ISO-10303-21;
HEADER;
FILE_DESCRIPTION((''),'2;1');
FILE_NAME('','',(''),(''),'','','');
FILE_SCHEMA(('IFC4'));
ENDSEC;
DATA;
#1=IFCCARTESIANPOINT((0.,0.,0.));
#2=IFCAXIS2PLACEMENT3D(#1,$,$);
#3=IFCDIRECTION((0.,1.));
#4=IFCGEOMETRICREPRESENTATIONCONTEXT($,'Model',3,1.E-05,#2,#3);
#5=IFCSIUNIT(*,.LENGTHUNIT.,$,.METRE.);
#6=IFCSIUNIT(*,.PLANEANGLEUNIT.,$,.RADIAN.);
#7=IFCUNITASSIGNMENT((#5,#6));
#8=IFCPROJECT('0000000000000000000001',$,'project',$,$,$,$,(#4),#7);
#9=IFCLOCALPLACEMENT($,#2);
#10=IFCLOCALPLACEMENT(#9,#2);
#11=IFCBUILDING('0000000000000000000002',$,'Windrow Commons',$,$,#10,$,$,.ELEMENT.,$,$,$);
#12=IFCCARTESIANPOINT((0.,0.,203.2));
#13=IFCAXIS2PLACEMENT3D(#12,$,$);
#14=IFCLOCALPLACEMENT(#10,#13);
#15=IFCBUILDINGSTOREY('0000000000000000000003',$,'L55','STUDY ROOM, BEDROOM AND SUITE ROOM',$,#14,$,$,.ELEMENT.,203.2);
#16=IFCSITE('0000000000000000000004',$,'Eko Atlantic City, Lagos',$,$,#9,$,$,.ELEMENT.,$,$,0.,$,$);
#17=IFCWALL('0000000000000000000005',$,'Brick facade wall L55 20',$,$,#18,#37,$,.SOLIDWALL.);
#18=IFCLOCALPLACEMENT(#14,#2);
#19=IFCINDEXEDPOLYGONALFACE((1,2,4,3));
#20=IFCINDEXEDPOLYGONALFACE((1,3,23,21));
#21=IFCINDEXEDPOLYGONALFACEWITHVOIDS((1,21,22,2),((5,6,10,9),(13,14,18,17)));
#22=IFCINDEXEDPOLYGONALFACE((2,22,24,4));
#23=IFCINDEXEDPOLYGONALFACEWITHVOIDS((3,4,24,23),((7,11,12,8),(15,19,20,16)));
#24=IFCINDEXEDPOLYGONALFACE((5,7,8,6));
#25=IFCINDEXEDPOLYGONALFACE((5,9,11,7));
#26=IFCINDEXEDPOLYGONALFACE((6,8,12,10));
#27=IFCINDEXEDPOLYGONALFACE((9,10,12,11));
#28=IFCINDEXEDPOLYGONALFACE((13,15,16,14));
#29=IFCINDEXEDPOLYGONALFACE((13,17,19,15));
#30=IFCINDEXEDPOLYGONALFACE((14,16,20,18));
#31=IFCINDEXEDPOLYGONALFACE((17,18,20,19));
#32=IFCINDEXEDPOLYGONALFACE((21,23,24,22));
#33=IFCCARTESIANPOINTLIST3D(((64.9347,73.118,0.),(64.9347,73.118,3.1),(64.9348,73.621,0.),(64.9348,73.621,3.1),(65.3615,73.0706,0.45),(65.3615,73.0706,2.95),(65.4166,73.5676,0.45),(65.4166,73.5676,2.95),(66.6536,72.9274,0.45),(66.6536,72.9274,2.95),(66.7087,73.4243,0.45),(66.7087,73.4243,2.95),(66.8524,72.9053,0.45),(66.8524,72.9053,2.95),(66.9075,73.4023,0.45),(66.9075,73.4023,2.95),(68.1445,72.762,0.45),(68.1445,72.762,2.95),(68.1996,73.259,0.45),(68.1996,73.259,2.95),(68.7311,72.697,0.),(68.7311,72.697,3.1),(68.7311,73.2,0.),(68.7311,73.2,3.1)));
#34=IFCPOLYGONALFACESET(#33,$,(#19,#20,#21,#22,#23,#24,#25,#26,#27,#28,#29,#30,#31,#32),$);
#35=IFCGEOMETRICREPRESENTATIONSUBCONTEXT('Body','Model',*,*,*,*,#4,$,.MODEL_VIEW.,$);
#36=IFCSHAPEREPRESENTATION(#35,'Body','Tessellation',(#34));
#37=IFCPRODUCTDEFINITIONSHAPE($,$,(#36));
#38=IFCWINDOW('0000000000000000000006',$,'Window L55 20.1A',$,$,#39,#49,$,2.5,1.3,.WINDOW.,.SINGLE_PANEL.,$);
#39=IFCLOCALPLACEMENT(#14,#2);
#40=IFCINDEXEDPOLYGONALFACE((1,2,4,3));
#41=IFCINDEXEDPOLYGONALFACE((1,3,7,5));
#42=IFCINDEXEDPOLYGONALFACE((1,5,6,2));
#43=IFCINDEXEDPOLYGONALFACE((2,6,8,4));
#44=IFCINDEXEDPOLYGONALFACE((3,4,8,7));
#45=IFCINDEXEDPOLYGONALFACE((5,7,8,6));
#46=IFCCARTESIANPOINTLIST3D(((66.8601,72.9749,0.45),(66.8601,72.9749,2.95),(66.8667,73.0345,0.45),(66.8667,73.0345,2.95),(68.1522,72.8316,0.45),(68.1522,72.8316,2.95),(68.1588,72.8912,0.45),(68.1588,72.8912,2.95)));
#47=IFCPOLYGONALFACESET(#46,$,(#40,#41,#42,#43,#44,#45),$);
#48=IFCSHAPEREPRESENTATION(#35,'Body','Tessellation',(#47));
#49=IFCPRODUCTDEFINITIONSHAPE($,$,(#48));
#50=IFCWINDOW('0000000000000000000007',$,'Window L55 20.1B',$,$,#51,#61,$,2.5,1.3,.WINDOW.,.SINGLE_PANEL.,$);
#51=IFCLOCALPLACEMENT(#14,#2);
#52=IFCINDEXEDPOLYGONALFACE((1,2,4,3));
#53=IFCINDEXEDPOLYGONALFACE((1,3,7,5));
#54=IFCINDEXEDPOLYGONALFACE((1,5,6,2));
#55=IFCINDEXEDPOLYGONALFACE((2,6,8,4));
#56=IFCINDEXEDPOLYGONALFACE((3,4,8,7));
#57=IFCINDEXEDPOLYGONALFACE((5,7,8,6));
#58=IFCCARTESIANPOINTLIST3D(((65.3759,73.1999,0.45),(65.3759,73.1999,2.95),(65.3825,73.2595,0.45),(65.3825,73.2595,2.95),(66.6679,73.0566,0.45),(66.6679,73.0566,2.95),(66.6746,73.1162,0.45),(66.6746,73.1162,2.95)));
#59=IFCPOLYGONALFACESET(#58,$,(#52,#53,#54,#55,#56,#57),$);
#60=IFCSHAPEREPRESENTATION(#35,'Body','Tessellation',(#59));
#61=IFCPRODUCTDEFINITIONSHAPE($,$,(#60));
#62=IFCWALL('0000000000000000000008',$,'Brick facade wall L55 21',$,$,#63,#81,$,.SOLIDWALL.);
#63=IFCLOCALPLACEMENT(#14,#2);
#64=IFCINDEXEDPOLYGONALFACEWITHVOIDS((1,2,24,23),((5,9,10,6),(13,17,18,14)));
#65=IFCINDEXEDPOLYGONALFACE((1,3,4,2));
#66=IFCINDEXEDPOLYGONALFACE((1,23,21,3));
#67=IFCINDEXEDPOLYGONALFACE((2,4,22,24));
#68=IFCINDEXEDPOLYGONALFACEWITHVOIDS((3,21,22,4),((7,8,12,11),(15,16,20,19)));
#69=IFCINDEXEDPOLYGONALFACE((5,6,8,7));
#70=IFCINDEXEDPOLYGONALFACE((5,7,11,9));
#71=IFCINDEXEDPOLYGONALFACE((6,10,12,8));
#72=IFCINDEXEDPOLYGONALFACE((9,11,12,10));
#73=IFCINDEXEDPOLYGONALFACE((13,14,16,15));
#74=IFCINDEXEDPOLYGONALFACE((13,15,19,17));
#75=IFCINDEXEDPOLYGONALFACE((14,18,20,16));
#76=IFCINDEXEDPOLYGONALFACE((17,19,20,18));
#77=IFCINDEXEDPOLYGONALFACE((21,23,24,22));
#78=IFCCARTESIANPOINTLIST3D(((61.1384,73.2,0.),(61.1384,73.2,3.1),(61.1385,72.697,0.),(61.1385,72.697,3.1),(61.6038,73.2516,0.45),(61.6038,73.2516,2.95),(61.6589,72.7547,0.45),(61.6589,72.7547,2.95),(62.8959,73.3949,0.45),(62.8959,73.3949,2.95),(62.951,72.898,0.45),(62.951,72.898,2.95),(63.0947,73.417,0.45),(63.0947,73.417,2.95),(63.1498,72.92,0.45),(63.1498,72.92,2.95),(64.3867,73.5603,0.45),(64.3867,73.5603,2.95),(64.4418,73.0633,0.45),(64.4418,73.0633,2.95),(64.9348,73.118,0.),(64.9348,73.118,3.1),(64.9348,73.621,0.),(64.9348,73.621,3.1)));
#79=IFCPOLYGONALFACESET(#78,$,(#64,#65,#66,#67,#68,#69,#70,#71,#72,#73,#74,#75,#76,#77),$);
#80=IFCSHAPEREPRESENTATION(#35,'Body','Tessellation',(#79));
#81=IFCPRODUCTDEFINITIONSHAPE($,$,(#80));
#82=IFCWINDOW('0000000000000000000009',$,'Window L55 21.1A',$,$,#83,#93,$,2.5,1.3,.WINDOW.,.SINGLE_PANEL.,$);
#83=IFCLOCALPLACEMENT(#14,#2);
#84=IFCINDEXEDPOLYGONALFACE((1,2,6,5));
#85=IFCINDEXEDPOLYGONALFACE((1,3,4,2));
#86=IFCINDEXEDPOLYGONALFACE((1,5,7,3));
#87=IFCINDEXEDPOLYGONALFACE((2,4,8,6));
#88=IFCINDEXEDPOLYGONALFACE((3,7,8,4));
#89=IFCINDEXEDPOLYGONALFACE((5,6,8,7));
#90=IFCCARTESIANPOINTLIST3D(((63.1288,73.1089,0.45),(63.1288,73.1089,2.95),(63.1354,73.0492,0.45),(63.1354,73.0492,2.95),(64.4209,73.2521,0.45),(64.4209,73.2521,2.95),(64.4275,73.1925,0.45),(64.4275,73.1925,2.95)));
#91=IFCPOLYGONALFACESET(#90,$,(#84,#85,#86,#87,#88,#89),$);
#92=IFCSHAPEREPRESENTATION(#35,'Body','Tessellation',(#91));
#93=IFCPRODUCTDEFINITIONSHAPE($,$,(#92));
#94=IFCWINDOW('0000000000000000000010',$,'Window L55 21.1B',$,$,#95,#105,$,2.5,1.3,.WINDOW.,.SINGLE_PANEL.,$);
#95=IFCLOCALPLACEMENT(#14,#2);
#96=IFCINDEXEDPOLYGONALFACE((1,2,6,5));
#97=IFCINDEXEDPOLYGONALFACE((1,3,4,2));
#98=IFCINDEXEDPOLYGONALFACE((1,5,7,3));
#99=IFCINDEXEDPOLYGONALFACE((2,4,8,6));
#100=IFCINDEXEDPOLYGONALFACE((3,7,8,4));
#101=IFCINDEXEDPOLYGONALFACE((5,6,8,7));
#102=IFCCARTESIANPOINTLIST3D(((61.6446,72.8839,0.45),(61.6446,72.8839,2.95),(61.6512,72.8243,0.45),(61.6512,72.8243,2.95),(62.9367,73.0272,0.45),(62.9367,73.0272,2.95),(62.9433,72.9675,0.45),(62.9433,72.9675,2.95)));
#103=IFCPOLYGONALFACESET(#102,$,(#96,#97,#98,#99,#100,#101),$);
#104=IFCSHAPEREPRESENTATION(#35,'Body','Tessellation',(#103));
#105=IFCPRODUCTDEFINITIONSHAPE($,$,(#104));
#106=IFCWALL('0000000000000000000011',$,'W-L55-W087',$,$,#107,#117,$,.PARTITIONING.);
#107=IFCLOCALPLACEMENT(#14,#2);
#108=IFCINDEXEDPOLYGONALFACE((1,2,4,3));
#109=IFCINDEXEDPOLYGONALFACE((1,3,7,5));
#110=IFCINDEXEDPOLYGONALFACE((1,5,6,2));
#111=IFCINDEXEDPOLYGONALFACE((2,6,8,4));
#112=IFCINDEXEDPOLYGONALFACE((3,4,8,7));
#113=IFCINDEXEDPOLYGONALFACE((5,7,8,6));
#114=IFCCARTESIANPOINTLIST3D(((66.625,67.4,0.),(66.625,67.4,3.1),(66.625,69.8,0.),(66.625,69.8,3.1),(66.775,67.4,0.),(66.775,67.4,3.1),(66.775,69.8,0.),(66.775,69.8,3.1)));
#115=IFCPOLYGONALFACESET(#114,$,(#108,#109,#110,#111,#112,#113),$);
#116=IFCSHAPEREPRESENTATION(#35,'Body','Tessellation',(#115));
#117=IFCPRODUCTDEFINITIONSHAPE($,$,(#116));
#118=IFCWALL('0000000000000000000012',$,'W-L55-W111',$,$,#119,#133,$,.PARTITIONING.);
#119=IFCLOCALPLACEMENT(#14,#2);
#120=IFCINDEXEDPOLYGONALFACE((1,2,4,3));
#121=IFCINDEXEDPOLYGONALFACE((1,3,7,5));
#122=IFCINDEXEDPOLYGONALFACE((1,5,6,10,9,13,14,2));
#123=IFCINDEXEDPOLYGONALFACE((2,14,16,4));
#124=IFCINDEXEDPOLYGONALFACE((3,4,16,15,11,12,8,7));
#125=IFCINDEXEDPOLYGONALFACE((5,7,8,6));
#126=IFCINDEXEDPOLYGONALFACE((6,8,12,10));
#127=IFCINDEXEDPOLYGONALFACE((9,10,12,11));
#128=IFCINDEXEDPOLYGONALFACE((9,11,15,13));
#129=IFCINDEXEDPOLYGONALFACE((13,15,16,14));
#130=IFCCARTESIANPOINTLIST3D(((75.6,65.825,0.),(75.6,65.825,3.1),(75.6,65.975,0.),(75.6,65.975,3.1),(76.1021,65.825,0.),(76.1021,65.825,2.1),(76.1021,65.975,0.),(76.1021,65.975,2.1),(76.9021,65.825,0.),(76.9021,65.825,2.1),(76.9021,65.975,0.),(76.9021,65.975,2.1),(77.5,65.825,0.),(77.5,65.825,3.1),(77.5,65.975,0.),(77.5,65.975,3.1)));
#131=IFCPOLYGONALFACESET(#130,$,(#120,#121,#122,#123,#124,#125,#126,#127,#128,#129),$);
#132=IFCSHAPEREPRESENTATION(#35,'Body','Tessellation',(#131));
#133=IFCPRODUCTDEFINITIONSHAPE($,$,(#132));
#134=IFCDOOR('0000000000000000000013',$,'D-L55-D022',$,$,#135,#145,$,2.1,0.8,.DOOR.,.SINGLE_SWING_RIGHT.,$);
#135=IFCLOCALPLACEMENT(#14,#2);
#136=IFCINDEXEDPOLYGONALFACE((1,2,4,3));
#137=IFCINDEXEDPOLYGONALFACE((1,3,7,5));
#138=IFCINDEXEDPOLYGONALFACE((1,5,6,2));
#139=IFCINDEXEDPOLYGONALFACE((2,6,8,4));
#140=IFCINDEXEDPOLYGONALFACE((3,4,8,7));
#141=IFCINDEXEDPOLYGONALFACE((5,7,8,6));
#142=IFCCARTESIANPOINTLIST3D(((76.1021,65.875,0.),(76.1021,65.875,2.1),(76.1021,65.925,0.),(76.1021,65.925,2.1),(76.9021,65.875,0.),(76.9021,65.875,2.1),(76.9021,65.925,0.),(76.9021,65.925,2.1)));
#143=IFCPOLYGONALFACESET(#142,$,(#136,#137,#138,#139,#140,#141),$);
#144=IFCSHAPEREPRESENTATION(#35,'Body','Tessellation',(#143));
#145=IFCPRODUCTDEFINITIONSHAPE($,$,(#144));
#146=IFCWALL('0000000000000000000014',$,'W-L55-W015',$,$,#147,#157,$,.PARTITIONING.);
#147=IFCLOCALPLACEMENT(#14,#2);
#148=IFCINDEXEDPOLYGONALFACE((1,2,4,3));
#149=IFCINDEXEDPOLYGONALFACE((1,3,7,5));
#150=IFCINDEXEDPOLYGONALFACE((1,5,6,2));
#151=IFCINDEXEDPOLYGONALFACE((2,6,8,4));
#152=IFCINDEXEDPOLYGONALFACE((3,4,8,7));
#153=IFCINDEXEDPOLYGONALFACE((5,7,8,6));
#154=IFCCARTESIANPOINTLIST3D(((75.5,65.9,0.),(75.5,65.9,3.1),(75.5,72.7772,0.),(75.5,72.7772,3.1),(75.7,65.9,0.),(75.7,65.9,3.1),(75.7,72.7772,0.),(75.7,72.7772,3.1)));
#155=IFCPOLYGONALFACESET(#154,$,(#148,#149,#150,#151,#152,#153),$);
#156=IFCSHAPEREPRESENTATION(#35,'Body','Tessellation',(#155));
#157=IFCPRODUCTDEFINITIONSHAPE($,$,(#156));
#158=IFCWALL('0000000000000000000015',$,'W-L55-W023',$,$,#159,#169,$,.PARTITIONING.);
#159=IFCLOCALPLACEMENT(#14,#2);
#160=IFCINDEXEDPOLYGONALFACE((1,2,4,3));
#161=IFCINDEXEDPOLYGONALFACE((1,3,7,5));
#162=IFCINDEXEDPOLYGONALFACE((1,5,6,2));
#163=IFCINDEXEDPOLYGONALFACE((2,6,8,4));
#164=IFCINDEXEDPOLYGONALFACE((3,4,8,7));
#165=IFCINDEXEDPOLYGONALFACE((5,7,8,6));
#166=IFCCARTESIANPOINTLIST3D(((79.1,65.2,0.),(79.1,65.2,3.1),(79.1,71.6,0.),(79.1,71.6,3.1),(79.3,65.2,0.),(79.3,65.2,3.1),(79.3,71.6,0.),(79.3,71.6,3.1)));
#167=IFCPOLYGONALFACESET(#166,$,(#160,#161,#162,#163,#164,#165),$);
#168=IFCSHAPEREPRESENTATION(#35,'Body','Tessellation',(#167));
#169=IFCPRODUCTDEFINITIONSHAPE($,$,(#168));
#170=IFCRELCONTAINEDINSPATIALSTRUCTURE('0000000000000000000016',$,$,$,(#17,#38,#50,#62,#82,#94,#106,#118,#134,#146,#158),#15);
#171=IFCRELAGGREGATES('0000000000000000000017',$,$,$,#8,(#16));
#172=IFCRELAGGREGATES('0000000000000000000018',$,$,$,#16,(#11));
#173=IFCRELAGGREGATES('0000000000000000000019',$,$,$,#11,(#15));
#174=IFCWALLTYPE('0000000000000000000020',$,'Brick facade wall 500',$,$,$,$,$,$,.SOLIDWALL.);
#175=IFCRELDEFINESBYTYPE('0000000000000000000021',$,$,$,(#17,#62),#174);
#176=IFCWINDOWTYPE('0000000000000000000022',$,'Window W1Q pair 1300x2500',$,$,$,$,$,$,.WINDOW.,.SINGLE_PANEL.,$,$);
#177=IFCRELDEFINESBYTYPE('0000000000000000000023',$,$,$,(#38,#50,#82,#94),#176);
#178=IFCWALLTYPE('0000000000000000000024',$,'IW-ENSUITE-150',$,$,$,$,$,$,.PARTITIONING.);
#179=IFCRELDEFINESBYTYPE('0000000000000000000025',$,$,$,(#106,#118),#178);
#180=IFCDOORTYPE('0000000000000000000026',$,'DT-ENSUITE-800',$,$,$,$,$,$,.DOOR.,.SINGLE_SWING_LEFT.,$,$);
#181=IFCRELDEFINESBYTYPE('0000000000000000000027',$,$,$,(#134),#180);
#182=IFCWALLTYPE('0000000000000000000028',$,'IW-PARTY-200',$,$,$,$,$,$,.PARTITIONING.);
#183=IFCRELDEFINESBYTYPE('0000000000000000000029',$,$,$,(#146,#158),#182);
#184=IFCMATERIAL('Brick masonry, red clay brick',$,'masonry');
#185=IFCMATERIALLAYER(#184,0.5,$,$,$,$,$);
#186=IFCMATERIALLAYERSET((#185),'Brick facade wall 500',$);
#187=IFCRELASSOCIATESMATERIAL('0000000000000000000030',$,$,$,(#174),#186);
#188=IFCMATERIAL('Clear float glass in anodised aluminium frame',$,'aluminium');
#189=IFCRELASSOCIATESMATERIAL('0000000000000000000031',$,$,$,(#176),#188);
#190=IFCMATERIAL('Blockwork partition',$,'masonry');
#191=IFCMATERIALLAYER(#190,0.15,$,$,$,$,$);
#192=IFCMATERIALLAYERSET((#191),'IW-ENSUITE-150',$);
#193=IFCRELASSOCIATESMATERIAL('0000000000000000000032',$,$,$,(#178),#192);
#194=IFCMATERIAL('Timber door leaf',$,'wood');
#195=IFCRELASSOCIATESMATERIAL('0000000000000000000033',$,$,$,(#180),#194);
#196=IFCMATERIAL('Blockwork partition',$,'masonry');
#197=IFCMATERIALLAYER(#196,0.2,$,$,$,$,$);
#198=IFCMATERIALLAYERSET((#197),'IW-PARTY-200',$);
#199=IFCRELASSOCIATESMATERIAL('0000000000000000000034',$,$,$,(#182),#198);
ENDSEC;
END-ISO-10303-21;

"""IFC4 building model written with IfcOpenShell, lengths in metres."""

from ifc_helpers import new_model, si_unit, direction, frame, frame_2d, origin, place, context, subcontext, project, spatial, polyline, rectangle, outline, extrude, material, layer, layer_set, type_object, element, fill, save


model = new_model("IFC4")

# Units and contexts
model_context = context("Model", 3, precision=1e-05, world=origin(), true_north=direction((0.0, 1.0)))
body_context = subcontext(model_context, "Body", "Model", "MODEL_VIEW")
ifc_project = project(units=[si_unit("LENGTHUNIT", "METRE"), si_unit("PLANEANGLEUNIT", "RADIAN")], contexts=[model_context])

# Site, building, storey
site_placement = place(None, origin())
site = spatial("IfcSite", under=ifc_project, at=site_placement, Name="Eko Atlantic City, Lagos", CompositionType="ELEMENT", RefElevation=0.0)
building_placement = place(site_placement, origin())
building = spatial("IfcBuilding", under=site, at=building_placement, Name="Windrow Commons", CompositionType="ELEMENT")
storey_placement = place(building_placement, frame((0.0, 0.0, 203.2)))
storey = spatial("IfcBuildingStorey", under=building, at=storey_placement, Name="L55", Description="STUDY ROOM, BEDROOM AND SUITE ROOM", CompositionType="ELEMENT", Elevation=203.2)

# Shared definitions
ifc_material_1 = material(Name="Brick masonry, red clay brick", Category="masonry")
ifc_layer_1 = layer(ifc_material_1, 0.5)
ifc_layer_set_1 = layer_set([ifc_layer_1], Name="Brick facade wall 500")
wall_type_1 = type_object("IfcWallType", Name="Brick facade wall 500", PredefinedType="SOLIDWALL", material=ifc_layer_set_1)

# Walls, openings, windows
ifc_material_2 = material(Name="Clear float glass in anodised aluminium frame", Category="aluminium")
window_type_1 = type_object("IfcWindowType", Name="Window W1Q pair 1300x2500", PartitioningType="SINGLE_PANEL", PredefinedType="WINDOW", material=ifc_material_2)
wall_1_placement = place(storey_placement, frame((68.7311, 72.9485, 0.0), z_axis=(0.0, 0.0, 1.0), x_axis=(-0.993907, 0.110222, 0.0)))
wall_1 = element("IfcWall", 1, at=wall_1_placement, inside=storey, type_object=wall_type_1, Name="Brick facade wall L55 20", PredefinedType="SOLIDWALL", context=body_context, shape_type="SweptSolid", body=[
    extrude(outline(polyline([(0.0277, -0.25), (3.8473, -0.25), (3.7919, 0.25), (-0.0277, 0.25), (0.0277, -0.25)])), origin(), (0.0, 0.0, 1.0), 3.1),
])
opening_1_placement = place(wall_1_placement, frame((0.5625, 0.0, 0.45)))
opening_1 = element("IfcOpeningElement", 2, at=opening_1_placement, cuts=wall_1, PredefinedType="OPENING", context=body_context, shape_type="SweptSolid", body=[
    extrude(rectangle(XDim=1.3, YDim=2.5, at=frame_2d((0.65, 1.25))), frame((0.0, 0.26, 0.0), z_axis=(0.0, -1.0, 0.0), x_axis=(1.0, 0.0, 0.0)), (0.0, 0.0, 1.0), 0.52),
])
opening_2_placement = place(wall_1_placement, frame((2.0625, 0.0, 0.45)))
opening_2 = element("IfcOpeningElement", 3, at=opening_2_placement, cuts=wall_1, PredefinedType="OPENING", context=body_context, shape_type="SweptSolid", body=[
    extrude(rectangle(XDim=1.3, YDim=2.5, at=frame_2d((0.65, 1.25))), frame((0.0, 0.26, 0.0), z_axis=(0.0, -1.0, 0.0), x_axis=(1.0, 0.0, 0.0)), (0.0, 0.0, 1.0), 0.52),
])
window_1_placement = place(opening_1_placement, origin())
window_1 = element("IfcWindow", 4, at=window_1_placement, inside=storey, type_object=window_type_1, Name="Window L55 20.1A", OverallHeight=2.5, OverallWidth=1.3, PartitioningType="SINGLE_PANEL", PredefinedType="WINDOW", context=body_context, shape_type="SweptSolid", body=[
    extrude(rectangle(XDim=1.3, YDim=2.5, at=frame_2d((0.65, 1.25))), frame((0.0, 0.18, 0.0), z_axis=(0.0, -1.0, 0.0), x_axis=(1.0, 0.0, 0.0)), (0.0, 0.0, 1.0), 0.06),
])
fill(opening_1, window_1)
window_2_placement = place(opening_2_placement, origin())
window_2 = element("IfcWindow", 5, at=window_2_placement, inside=storey, type_object=window_type_1, Name="Window L55 20.1B", OverallHeight=2.5, OverallWidth=1.3, PartitioningType="SINGLE_PANEL", PredefinedType="WINDOW", context=body_context, shape_type="SweptSolid", body=[
    extrude(rectangle(XDim=1.3, YDim=2.5, at=frame_2d((0.65, 1.25))), frame((0.0, 0.12, 0.0), z_axis=(0.0, -1.0, 0.0), x_axis=(1.0, 0.0, 0.0)), (0.0, 0.0, 1.0), 0.06),
])
fill(opening_2, window_2)
wall_2_placement = place(storey_placement, frame((64.9348, 73.3695, 0.0), z_axis=(0.0, 0.0, 1.0), x_axis=(-0.993907, -0.110219, 0.0)))
wall_2 = element("IfcWall", 6, at=wall_2_placement, inside=storey, type_object=wall_type_1, Name="Brick facade wall L55 21", PredefinedType="SOLIDWALL", context=body_context, shape_type="SweptSolid", body=[
    extrude(outline(polyline([(-0.0277, -0.25), (3.7919, -0.25), (3.8473, 0.25), (0.0277, 0.25), (-0.0277, -0.25)])), origin(), (0.0, 0.0, 1.0), 3.1),
])
opening_3_placement = place(wall_2_placement, frame((0.5237, 0.0, 0.45)))
opening_3 = element("IfcOpeningElement", 7, at=opening_3_placement, cuts=wall_2, PredefinedType="OPENING", context=body_context, shape_type="SweptSolid", body=[
    extrude(rectangle(XDim=1.3, YDim=2.5, at=frame_2d((0.65, 1.25))), frame((0.0, 0.26, 0.0), z_axis=(0.0, -1.0, 0.0), x_axis=(1.0, 0.0, 0.0)), (0.0, 0.0, 1.0), 0.52),
])
opening_4_placement = place(wall_2_placement, frame((2.0237, 0.0, 0.45)))
opening_4 = element("IfcOpeningElement", 8, at=opening_4_placement, cuts=wall_2, PredefinedType="OPENING", context=body_context, shape_type="SweptSolid", body=[
    extrude(rectangle(XDim=1.3, YDim=2.5, at=frame_2d((0.65, 1.25))), frame((0.0, 0.26, 0.0), z_axis=(0.0, -1.0, 0.0), x_axis=(1.0, 0.0, 0.0)), (0.0, 0.0, 1.0), 0.52),
])
window_3_placement = place(opening_3_placement, origin())
window_3 = element("IfcWindow", 9, at=window_3_placement, inside=storey, type_object=window_type_1, Name="Window L55 21.1A", OverallHeight=2.5, OverallWidth=1.3, PartitioningType="SINGLE_PANEL", PredefinedType="WINDOW", context=body_context, shape_type="SweptSolid", body=[
    extrude(rectangle(XDim=1.3, YDim=2.5, at=frame_2d((0.65, 1.25))), frame((0.0, 0.12, 0.0), z_axis=(0.0, -1.0, 0.0), x_axis=(1.0, 0.0, 0.0)), (0.0, 0.0, 1.0), 0.06),
])
fill(opening_3, window_3)
window_4_placement = place(opening_4_placement, origin())
window_4 = element("IfcWindow", 10, at=window_4_placement, inside=storey, type_object=window_type_1, Name="Window L55 21.1B", OverallHeight=2.5, OverallWidth=1.3, PartitioningType="SINGLE_PANEL", PredefinedType="WINDOW", context=body_context, shape_type="SweptSolid", body=[
    extrude(rectangle(XDim=1.3, YDim=2.5, at=frame_2d((0.65, 1.25))), frame((0.0, 0.18, 0.0), z_axis=(0.0, -1.0, 0.0), x_axis=(1.0, 0.0, 0.0)), (0.0, 0.0, 1.0), 0.06),
])
fill(opening_4, window_4)

# Wall
ifc_material_3 = material(Name="Blockwork partition", Category="masonry")
ifc_layer_2 = layer(ifc_material_3, 0.15)
ifc_layer_set_2 = layer_set([ifc_layer_2], Name="IW-ENSUITE-150")
wall_type_2 = type_object("IfcWallType", Name="IW-ENSUITE-150", PredefinedType="PARTITIONING", material=ifc_layer_set_2)
wall_3_placement = place(storey_placement, frame((66.7, 67.4, 0.0), z_axis=(0.0, 0.0, 1.0), x_axis=(0.0, 1.0, 0.0)))
element("IfcWall", 11, at=wall_3_placement, inside=storey, type_object=wall_type_2, Name="W-L55-W087", PredefinedType="PARTITIONING", context=body_context, shape_type="SweptSolid", body=[
    extrude(rectangle(XDim=2.4, YDim=0.15, at=frame_2d((1.2, 0.0))), origin(), (0.0, 0.0, 1.0), 3.1),
])

# Wall, opening, door
wall_4_placement = place(storey_placement, frame((75.6, 65.9, 0.0), z_axis=(0.0, 0.0, 1.0), x_axis=(1.0, 0.0, 0.0)))
wall_4 = element("IfcWall", 12, at=wall_4_placement, inside=storey, type_object=wall_type_2, Name="W-L55-W111", PredefinedType="PARTITIONING", context=body_context, shape_type="SweptSolid", body=[
    extrude(rectangle(XDim=1.9, YDim=0.15, at=frame_2d((0.95, 0.0))), origin(), (0.0, 0.0, 1.0), 3.1),
])
opening_5_placement = place(wall_4_placement, frame((0.5021, 0.0, 0.0)))
opening_5 = element("IfcOpeningElement", 13, at=opening_5_placement, cuts=wall_4, PredefinedType="OPENING", context=body_context, shape_type="SweptSolid", body=[
    extrude(rectangle(XDim=0.8, YDim=2.1, at=frame_2d((0.4, 1.05))), frame((0.0, 0.085, 0.0), z_axis=(0.0, -1.0, 0.0), x_axis=(1.0, 0.0, 0.0)), (0.0, 0.0, 1.0), 0.17),
])
ifc_material_4 = material(Name="Timber door leaf", Category="wood")
door_type = type_object("IfcDoorType", Name="DT-ENSUITE-800", OperationType="SINGLE_SWING_LEFT", PredefinedType="DOOR", material=ifc_material_4)
door_placement = place(opening_5_placement, origin())
door = element("IfcDoor", 14, at=door_placement, inside=storey, type_object=door_type, Name="D-L55-D022", OperationType="SINGLE_SWING_RIGHT", OverallHeight=2.1, OverallWidth=0.8, PredefinedType="DOOR", context=body_context, shape_type="SweptSolid", body=[
    extrude(rectangle(XDim=0.8, YDim=2.1, at=frame_2d((0.4, 1.05))), frame((0.0, 0.025, 0.0), z_axis=(0.0, -1.0, 0.0), x_axis=(1.0, 0.0, 0.0)), (0.0, 0.0, 1.0), 0.05),
])
fill(opening_5, door)

# Walls
ifc_material_5 = material(Name="Blockwork partition", Category="masonry")
ifc_layer_3 = layer(ifc_material_5, 0.2)
ifc_layer_set_3 = layer_set([ifc_layer_3], Name="IW-PARTY-200")
wall_type_3 = type_object("IfcWallType", Name="IW-PARTY-200", PredefinedType="PARTITIONING", material=ifc_layer_set_3)
wall_5_placement = place(storey_placement, frame((75.6, 65.9, 0.0), z_axis=(0.0, 0.0, 1.0), x_axis=(0.0, 1.0, 0.0)))
element("IfcWall", 15, at=wall_5_placement, inside=storey, type_object=wall_type_3, Name="W-L55-W015", PredefinedType="PARTITIONING", context=body_context, shape_type="SweptSolid", body=[
    extrude(rectangle(XDim=6.8772, YDim=0.2, at=frame_2d((3.4386, 0.0))), origin(), (0.0, 0.0, 1.0), 3.1),
])
wall_6_placement = place(storey_placement, frame((79.2, 65.2, 0.0), z_axis=(0.0, 0.0, 1.0), x_axis=(0.0, 1.0, 0.0)))
element("IfcWall", 16, at=wall_6_placement, inside=storey, type_object=wall_type_3, Name="W-L55-W023", PredefinedType="PARTITIONING", context=body_context, shape_type="SweptSolid", body=[
    extrude(rectangle(XDim=6.4, YDim=0.2, at=frame_2d((3.2, 0.0))), origin(), (0.0, 0.0, 1.0), 3.1),
])

save(model, "model.ifc")
